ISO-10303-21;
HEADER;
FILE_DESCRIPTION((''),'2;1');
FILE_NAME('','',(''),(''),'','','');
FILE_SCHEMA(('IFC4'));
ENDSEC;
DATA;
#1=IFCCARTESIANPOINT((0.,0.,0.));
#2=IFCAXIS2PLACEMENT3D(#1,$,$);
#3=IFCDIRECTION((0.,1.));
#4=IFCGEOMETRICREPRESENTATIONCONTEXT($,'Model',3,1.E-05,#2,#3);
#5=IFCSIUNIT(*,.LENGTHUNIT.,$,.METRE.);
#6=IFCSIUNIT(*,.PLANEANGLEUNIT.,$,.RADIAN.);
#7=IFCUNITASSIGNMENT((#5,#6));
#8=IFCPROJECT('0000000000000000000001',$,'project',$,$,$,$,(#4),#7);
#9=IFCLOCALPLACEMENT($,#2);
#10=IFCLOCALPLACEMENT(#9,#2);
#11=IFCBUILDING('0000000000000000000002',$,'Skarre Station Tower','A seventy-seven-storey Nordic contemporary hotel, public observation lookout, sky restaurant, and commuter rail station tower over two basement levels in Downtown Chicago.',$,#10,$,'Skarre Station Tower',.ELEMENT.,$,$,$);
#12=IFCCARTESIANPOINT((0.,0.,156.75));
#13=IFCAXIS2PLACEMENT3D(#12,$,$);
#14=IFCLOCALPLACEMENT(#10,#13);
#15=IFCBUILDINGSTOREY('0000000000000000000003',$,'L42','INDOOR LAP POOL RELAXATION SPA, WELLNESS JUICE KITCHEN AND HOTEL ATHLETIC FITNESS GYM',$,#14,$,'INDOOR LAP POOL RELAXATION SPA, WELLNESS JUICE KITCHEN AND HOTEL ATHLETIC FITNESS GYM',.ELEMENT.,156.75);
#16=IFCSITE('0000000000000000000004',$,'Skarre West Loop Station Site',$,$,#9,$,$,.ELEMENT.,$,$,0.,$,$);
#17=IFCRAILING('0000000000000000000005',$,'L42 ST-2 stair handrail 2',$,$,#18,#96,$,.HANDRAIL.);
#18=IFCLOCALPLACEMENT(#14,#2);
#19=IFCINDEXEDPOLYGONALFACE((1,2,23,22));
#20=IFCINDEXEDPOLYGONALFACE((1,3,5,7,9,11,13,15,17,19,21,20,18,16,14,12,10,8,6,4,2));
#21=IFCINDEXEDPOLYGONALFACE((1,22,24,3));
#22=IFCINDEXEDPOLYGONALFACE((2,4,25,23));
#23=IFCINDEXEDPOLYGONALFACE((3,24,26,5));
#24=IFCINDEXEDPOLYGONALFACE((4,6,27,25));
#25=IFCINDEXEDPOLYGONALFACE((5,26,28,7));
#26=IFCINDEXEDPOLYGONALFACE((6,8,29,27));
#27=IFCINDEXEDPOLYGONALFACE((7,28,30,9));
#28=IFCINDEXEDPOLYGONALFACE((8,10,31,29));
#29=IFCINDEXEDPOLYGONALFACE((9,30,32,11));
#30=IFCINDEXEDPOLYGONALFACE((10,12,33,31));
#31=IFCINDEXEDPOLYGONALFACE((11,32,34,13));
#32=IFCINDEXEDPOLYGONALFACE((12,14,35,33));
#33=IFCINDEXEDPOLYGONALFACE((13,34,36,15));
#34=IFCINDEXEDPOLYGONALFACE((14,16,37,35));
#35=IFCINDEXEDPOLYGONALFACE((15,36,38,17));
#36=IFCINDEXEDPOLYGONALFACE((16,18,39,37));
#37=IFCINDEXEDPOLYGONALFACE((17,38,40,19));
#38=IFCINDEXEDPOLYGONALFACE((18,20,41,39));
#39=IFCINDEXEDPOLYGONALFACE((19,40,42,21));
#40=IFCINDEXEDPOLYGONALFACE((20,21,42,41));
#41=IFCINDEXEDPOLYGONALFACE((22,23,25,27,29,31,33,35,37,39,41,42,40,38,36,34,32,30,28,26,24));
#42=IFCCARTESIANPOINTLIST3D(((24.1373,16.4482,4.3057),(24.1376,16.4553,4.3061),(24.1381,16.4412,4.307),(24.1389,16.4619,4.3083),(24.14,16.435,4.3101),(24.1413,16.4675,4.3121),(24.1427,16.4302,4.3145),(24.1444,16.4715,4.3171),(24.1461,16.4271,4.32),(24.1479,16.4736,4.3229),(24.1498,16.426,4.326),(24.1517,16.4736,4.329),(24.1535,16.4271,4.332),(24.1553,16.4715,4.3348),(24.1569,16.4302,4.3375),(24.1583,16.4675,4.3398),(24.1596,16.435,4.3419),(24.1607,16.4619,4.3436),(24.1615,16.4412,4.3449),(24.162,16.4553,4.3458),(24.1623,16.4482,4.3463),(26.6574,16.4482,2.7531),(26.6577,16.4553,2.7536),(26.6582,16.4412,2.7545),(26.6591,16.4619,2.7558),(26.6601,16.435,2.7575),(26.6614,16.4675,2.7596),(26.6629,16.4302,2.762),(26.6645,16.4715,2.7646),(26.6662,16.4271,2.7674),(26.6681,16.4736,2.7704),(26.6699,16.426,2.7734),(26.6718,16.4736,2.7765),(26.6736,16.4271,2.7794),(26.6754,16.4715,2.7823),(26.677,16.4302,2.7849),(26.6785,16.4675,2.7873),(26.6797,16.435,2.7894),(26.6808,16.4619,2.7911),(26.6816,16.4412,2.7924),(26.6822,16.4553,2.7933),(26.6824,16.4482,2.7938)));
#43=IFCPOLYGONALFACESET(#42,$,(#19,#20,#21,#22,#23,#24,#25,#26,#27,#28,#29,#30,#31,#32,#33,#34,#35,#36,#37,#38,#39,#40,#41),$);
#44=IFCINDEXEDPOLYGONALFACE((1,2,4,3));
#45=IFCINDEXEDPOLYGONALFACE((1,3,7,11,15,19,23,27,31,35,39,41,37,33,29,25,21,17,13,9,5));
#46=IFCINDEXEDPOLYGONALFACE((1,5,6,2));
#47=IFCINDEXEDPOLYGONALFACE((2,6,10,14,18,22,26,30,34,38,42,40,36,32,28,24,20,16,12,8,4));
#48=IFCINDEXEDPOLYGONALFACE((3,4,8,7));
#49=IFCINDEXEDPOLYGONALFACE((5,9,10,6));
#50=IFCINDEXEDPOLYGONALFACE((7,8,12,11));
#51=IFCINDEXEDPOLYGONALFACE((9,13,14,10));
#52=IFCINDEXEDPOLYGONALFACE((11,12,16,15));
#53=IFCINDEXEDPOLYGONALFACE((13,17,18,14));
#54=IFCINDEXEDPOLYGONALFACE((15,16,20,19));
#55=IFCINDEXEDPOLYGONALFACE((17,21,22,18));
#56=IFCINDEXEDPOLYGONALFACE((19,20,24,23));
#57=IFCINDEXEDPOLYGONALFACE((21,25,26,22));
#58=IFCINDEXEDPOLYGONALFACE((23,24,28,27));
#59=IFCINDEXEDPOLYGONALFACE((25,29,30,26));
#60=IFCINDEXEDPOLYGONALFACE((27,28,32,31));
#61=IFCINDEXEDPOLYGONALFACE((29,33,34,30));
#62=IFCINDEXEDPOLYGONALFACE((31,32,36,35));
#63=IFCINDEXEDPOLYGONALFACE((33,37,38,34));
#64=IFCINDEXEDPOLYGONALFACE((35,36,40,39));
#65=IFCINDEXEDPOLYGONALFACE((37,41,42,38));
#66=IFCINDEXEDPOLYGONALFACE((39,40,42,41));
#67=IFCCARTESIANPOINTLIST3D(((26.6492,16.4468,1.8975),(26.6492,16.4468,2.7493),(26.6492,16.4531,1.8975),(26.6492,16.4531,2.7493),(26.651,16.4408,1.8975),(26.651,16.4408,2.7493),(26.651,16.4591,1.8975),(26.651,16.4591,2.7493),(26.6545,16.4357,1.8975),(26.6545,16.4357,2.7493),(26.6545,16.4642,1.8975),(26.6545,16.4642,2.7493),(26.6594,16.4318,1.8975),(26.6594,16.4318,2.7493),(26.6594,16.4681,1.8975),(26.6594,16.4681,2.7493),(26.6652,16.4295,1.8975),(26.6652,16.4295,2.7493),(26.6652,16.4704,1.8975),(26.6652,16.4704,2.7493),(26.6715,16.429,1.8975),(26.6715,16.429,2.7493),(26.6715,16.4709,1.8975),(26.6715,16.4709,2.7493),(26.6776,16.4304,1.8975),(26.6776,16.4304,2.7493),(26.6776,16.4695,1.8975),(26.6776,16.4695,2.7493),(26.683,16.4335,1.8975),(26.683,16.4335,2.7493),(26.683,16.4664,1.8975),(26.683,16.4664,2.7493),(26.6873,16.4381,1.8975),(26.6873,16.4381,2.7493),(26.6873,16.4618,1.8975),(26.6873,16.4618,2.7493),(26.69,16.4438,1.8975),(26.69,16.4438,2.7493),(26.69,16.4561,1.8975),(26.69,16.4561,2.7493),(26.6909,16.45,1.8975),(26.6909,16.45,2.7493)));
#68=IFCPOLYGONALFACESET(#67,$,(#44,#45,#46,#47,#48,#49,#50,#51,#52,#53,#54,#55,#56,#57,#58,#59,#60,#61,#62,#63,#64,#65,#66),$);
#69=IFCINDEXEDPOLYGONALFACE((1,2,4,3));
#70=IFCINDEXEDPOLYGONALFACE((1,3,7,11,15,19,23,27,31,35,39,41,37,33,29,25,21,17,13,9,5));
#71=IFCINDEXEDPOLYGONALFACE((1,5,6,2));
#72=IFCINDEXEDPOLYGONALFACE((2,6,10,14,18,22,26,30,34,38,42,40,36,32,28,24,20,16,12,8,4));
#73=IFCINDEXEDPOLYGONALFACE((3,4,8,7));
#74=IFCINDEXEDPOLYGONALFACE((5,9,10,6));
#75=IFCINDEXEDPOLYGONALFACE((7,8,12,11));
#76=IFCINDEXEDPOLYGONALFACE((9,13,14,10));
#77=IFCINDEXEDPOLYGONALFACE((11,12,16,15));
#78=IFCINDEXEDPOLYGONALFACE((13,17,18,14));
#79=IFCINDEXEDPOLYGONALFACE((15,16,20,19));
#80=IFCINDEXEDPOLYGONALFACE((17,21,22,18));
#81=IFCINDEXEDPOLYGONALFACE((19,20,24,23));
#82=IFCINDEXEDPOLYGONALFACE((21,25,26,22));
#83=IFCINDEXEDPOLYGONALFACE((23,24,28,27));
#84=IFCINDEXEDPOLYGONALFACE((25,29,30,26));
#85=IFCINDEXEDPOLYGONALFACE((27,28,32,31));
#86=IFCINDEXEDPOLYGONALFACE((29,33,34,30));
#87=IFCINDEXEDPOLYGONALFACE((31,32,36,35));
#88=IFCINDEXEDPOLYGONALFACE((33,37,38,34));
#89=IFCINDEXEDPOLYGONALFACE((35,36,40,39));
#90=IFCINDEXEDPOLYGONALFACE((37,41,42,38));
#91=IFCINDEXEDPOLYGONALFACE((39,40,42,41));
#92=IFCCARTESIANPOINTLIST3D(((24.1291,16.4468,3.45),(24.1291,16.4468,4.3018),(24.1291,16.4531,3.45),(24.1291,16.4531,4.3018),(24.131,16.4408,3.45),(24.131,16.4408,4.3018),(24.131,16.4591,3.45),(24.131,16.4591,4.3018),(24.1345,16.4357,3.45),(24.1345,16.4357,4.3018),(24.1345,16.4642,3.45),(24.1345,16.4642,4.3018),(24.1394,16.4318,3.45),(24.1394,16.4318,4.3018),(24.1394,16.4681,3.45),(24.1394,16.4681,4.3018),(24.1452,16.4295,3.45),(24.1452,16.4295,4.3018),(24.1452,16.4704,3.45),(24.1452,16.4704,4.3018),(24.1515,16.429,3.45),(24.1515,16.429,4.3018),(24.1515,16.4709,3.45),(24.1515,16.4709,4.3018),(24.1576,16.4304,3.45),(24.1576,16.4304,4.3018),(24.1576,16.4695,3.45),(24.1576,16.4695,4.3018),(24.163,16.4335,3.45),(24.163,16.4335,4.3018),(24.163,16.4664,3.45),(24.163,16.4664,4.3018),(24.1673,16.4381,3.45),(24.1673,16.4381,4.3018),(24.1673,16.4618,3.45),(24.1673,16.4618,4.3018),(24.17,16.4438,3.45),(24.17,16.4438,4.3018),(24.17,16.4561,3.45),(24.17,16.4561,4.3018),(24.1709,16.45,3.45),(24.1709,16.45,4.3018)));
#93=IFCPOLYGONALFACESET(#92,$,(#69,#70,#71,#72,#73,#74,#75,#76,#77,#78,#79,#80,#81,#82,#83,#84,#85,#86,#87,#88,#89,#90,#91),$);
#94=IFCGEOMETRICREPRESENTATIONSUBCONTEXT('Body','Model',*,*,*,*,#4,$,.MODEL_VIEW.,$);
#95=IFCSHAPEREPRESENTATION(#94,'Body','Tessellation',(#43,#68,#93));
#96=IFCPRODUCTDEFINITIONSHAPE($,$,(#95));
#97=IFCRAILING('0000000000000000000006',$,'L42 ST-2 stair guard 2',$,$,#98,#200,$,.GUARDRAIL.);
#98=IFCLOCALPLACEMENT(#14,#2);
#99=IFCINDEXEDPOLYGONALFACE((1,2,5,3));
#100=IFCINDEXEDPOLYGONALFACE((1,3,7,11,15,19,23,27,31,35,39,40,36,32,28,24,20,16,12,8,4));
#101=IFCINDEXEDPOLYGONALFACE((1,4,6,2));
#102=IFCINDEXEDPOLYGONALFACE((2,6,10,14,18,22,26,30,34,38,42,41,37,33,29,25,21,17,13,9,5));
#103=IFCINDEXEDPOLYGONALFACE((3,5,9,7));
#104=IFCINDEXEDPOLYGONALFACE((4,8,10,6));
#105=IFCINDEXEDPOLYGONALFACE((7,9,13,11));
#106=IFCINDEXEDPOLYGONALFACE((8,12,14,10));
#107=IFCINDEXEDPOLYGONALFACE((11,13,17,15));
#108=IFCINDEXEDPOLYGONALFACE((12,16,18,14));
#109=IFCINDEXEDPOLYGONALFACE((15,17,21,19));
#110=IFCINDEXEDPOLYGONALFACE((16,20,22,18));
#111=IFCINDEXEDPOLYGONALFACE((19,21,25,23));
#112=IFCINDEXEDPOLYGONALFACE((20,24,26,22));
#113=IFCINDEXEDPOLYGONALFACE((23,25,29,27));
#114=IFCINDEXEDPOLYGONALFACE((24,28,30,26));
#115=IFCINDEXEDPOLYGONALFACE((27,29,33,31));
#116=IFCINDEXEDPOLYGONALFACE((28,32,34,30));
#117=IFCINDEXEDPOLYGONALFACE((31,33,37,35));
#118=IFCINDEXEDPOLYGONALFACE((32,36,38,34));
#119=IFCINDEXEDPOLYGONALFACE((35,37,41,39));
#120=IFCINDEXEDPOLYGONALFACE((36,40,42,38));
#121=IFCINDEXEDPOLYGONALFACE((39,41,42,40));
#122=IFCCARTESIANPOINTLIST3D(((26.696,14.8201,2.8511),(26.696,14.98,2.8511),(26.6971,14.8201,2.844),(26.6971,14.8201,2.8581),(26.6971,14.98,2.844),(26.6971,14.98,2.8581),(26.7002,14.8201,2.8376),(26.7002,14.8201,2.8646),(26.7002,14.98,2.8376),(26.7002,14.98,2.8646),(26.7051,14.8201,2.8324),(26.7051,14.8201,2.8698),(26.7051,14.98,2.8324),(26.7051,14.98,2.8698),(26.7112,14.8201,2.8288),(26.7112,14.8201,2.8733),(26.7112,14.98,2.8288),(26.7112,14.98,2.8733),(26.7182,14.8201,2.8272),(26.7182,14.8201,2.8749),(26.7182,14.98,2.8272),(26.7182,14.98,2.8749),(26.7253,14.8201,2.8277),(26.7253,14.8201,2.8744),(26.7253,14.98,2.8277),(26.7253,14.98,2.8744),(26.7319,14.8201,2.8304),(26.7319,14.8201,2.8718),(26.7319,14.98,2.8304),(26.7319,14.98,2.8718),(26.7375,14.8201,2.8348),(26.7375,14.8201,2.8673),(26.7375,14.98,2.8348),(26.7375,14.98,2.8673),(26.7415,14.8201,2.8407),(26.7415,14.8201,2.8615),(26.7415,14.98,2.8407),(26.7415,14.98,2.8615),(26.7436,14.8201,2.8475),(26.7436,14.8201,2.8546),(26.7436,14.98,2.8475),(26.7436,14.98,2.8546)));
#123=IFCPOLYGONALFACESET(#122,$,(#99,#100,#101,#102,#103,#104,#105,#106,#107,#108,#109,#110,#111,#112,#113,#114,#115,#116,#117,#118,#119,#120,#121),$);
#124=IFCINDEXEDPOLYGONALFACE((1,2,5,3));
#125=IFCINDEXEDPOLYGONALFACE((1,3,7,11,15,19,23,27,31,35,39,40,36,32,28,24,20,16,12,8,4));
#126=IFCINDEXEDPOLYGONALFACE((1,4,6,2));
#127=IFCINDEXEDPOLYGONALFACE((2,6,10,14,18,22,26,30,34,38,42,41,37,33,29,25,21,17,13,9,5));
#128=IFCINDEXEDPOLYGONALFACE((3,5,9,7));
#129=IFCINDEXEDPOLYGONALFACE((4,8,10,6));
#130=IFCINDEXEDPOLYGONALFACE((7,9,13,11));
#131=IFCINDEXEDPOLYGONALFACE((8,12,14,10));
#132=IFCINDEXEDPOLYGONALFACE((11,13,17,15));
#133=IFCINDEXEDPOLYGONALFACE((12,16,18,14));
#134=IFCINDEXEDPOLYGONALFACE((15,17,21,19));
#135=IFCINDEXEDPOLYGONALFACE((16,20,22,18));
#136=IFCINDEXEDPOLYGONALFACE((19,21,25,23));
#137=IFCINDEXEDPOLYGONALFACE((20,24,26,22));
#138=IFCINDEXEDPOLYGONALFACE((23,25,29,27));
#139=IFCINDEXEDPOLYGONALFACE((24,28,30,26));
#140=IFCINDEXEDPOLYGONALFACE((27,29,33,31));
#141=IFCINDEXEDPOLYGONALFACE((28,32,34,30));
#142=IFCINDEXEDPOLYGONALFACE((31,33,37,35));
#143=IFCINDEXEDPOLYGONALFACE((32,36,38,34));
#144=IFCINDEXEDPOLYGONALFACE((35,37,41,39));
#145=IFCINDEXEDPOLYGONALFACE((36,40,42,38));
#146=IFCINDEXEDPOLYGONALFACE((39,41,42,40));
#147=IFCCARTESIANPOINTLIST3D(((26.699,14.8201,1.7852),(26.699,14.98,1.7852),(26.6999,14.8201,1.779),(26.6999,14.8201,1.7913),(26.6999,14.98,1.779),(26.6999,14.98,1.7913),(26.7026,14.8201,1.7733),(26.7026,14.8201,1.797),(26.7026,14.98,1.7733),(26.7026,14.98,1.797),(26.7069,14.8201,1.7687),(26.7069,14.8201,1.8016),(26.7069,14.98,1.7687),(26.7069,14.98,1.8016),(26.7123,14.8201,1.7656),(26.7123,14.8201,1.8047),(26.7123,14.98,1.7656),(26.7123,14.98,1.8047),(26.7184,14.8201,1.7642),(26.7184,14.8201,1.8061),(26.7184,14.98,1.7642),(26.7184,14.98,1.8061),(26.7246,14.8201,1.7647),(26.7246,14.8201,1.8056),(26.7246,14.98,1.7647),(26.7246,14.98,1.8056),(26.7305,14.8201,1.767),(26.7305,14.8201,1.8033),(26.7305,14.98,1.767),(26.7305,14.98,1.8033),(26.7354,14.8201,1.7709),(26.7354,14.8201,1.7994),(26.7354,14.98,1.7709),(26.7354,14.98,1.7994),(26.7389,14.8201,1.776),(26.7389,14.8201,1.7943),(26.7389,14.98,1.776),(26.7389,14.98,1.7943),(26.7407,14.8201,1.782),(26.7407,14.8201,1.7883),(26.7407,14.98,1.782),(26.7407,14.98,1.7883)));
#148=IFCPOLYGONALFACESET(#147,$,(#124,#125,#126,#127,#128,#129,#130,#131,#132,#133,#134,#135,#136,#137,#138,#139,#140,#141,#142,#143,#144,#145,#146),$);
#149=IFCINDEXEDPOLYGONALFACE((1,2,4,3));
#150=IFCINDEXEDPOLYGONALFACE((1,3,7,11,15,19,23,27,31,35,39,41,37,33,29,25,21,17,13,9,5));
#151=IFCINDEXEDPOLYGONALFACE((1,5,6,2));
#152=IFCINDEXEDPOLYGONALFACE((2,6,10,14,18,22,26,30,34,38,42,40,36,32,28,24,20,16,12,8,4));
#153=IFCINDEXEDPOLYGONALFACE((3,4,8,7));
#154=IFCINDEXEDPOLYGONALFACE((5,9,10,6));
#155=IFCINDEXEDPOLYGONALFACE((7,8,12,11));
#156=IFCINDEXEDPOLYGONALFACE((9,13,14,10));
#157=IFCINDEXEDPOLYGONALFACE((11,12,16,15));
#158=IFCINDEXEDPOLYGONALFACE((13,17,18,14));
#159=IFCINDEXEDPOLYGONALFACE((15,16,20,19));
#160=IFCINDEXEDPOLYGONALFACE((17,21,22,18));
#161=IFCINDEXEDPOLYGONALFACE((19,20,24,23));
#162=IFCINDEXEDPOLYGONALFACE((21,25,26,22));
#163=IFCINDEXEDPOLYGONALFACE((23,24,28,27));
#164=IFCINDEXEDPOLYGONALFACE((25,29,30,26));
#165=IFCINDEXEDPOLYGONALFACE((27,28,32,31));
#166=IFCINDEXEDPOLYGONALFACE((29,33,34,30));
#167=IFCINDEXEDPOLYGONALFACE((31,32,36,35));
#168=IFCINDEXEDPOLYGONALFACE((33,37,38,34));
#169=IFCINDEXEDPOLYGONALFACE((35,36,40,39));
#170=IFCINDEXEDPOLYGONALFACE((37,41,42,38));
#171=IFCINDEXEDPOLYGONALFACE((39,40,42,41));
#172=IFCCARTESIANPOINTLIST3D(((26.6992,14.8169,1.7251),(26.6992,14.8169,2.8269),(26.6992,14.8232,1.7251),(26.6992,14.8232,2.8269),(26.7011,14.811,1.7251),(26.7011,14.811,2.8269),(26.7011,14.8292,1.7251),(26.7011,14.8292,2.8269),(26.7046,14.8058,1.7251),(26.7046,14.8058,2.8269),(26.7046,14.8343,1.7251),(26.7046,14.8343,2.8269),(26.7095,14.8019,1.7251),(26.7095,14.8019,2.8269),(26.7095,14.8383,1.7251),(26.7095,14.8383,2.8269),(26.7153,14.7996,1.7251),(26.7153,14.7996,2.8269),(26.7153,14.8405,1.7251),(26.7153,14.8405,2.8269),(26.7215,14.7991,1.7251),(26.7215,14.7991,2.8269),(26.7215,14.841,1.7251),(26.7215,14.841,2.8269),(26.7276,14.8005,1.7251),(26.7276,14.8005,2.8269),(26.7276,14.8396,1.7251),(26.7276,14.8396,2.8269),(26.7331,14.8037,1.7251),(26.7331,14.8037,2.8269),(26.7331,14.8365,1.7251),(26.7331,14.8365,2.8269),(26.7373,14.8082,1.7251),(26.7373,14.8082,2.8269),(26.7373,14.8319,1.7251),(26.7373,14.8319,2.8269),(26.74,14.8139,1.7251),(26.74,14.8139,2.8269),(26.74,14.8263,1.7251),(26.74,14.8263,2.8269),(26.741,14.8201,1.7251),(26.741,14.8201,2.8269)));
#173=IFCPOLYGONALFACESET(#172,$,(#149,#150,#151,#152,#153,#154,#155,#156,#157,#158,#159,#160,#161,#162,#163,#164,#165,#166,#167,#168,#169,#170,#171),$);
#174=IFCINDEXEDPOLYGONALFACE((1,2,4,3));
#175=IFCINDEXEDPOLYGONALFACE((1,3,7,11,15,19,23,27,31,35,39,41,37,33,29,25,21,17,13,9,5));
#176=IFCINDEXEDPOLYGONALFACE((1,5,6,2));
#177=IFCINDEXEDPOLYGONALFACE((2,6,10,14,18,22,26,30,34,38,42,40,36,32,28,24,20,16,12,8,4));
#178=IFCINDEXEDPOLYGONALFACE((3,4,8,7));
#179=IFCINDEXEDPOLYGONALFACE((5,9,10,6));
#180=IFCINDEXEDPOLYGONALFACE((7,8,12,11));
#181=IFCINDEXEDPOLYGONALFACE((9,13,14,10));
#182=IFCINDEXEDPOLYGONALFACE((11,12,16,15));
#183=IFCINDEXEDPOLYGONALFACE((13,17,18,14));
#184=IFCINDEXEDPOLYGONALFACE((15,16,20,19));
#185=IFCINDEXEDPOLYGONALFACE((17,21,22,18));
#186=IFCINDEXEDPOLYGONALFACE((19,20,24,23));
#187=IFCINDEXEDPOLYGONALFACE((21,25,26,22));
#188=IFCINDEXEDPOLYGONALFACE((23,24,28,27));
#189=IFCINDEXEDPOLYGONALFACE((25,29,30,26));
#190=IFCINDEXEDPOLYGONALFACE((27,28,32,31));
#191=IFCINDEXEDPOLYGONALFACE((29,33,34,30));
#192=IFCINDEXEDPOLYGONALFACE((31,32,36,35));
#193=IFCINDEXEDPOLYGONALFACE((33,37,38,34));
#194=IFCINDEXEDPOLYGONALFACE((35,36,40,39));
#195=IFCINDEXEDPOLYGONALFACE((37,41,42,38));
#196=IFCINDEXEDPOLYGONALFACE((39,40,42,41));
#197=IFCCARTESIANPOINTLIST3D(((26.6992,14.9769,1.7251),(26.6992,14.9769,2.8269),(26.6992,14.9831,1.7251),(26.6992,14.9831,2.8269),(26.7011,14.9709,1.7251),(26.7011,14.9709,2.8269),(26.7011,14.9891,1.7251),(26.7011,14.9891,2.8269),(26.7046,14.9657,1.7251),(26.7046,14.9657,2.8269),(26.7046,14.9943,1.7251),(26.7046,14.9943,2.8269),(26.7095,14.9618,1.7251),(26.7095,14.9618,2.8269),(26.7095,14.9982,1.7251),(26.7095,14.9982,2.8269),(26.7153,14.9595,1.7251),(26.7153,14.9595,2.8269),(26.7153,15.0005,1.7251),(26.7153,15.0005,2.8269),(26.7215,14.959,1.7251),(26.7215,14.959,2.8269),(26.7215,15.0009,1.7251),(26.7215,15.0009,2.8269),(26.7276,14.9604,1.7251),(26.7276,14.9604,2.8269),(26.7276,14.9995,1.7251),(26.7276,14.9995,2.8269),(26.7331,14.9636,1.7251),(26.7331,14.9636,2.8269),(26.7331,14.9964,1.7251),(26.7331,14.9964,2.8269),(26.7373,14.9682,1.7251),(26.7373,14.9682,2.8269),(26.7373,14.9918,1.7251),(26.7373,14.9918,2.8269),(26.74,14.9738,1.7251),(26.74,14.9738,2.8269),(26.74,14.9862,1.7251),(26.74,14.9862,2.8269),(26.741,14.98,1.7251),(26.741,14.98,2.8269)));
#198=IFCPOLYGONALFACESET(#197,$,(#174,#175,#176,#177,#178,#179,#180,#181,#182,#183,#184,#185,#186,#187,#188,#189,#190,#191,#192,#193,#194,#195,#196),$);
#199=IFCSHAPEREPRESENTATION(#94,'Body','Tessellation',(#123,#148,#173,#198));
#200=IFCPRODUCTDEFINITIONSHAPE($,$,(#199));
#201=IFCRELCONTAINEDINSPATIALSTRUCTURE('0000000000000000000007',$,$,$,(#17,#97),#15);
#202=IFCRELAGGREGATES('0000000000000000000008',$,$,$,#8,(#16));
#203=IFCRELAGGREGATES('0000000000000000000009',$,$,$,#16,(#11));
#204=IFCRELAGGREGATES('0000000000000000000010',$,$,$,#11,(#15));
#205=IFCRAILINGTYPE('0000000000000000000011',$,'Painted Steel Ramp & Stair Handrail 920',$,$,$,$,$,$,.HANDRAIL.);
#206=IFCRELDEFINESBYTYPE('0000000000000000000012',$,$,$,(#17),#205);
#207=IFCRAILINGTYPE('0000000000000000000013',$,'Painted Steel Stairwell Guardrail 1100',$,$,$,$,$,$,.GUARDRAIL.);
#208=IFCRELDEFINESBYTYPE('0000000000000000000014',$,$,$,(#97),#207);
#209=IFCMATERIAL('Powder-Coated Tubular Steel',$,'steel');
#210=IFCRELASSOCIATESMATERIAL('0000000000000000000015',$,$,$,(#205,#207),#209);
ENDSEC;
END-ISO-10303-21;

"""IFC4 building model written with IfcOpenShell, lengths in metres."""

from ifc_helpers import new_model, si_unit, direction, frame, origin, origin_2d, place, context, subcontext, project, spatial, circle, extrude, material, type_object, element, save


model = new_model("IFC4")

# Units and contexts
model_context = context("Model", 3, precision=1e-05, world=origin(), true_north=direction((0.0, 1.0)))
body_context = subcontext(model_context, "Body", "Model", "MODEL_VIEW")
ifc_project = project(units=[si_unit("LENGTHUNIT", "METRE"), si_unit("PLANEANGLEUNIT", "RADIAN")], contexts=[model_context])

# Site, building, storey
site_placement = place(None, origin())
site = spatial("IfcSite", under=ifc_project, at=site_placement, Name="Skarre West Loop Station Site", CompositionType="ELEMENT", RefElevation=0.0)
building_placement = place(site_placement, origin())
building = spatial("IfcBuilding", under=site, at=building_placement, Name="Skarre Station Tower", Description="A seventy-seven-storey Nordic contemporary hotel, public observation lookout, sky restaurant, and commuter rail station tower over two basement levels in Downtown Chicago.", LongName="Skarre Station Tower", CompositionType="ELEMENT")
storey_placement = place(building_placement, frame((0.0, 0.0, 156.75)))
storey = spatial("IfcBuildingStorey", under=building, at=storey_placement, Name="L42", Description="INDOOR LAP POOL RELAXATION SPA, WELLNESS JUICE KITCHEN AND HOTEL ATHLETIC FITNESS GYM", LongName="INDOOR LAP POOL RELAXATION SPA, WELLNESS JUICE KITCHEN AND HOTEL ATHLETIC FITNESS GYM", CompositionType="ELEMENT", Elevation=156.75)

# Railings
ifc_material_1 = material(Name="Powder-Coated Tubular Steel", Category="steel")
railing_type_1 = type_object("IfcRailingType", Name="Painted Steel Ramp & Stair Handrail 920", PredefinedType="HANDRAIL", material=ifc_material_1)
railing_1_placement = place(storey_placement, frame((26.6699, 16.45, 1.8975)))
element("IfcRailing", 1, at=railing_1_placement, inside=storey, type_object=railing_type_1, Name="L42 ST-2 stair handrail 2", PredefinedType="HANDRAIL", context=body_context, shape_type="SweptSolid", body=[
    extrude(circle(Radius=0.0239, at=origin_2d()), frame((0.0, 0.0, 0.876), z_axis=(-0.8514, 0.0, 0.524516), x_axis=(0.0, -1.0, 0.0)), (0.0, 0.0, 1.0), 2.96),
    extrude(circle(Radius=0.021, at=origin_2d()), origin(), (0.0, 0.0, 1.0), 0.8518),
    extrude(circle(Radius=0.021, at=origin_2d()), frame((-2.52, 0.0, 1.5525)), (0.0, 0.0, 1.0), 0.8518),
])
railing_type_2 = type_object("IfcRailingType", Name="Painted Steel Stairwell Guardrail 1100", PredefinedType="GUARDRAIL", material=ifc_material_1)
railing_2_placement = place(storey_placement, frame((26.72, 14.8201, 1.7251)))
element("IfcRailing", 2, at=railing_2_placement, inside=storey, type_object=railing_type_2, Name="L42 ST-2 stair guard 2", PredefinedType="GUARDRAIL", context=body_context, shape_type="SweptSolid", body=[
    extrude(circle(Radius=0.0239, at=origin_2d()), frame((0.0, 0.0, 1.126), z_axis=(0.0, 1.0, 0.0), x_axis=(-1.0, 0.0, 0.0)), (0.0, 0.0, 1.0), 0.1599),
    extrude(circle(Radius=0.021, at=origin_2d()), frame((0.0, 0.0, 0.0601), z_axis=(0.0, 1.0, 0.0), x_axis=(-1.0, 0.0, 0.0)), (0.0, 0.0, 1.0), 0.1599),
    extrude(circle(Radius=0.021, at=origin_2d()), origin(), (0.0, 0.0, 1.0), 1.1018),
    extrude(circle(Radius=0.021, at=origin_2d()), frame((0.0, 0.1599, 0.0)), (0.0, 0.0, 1.0), 1.1018),
])

save(model, "model.ifc")
